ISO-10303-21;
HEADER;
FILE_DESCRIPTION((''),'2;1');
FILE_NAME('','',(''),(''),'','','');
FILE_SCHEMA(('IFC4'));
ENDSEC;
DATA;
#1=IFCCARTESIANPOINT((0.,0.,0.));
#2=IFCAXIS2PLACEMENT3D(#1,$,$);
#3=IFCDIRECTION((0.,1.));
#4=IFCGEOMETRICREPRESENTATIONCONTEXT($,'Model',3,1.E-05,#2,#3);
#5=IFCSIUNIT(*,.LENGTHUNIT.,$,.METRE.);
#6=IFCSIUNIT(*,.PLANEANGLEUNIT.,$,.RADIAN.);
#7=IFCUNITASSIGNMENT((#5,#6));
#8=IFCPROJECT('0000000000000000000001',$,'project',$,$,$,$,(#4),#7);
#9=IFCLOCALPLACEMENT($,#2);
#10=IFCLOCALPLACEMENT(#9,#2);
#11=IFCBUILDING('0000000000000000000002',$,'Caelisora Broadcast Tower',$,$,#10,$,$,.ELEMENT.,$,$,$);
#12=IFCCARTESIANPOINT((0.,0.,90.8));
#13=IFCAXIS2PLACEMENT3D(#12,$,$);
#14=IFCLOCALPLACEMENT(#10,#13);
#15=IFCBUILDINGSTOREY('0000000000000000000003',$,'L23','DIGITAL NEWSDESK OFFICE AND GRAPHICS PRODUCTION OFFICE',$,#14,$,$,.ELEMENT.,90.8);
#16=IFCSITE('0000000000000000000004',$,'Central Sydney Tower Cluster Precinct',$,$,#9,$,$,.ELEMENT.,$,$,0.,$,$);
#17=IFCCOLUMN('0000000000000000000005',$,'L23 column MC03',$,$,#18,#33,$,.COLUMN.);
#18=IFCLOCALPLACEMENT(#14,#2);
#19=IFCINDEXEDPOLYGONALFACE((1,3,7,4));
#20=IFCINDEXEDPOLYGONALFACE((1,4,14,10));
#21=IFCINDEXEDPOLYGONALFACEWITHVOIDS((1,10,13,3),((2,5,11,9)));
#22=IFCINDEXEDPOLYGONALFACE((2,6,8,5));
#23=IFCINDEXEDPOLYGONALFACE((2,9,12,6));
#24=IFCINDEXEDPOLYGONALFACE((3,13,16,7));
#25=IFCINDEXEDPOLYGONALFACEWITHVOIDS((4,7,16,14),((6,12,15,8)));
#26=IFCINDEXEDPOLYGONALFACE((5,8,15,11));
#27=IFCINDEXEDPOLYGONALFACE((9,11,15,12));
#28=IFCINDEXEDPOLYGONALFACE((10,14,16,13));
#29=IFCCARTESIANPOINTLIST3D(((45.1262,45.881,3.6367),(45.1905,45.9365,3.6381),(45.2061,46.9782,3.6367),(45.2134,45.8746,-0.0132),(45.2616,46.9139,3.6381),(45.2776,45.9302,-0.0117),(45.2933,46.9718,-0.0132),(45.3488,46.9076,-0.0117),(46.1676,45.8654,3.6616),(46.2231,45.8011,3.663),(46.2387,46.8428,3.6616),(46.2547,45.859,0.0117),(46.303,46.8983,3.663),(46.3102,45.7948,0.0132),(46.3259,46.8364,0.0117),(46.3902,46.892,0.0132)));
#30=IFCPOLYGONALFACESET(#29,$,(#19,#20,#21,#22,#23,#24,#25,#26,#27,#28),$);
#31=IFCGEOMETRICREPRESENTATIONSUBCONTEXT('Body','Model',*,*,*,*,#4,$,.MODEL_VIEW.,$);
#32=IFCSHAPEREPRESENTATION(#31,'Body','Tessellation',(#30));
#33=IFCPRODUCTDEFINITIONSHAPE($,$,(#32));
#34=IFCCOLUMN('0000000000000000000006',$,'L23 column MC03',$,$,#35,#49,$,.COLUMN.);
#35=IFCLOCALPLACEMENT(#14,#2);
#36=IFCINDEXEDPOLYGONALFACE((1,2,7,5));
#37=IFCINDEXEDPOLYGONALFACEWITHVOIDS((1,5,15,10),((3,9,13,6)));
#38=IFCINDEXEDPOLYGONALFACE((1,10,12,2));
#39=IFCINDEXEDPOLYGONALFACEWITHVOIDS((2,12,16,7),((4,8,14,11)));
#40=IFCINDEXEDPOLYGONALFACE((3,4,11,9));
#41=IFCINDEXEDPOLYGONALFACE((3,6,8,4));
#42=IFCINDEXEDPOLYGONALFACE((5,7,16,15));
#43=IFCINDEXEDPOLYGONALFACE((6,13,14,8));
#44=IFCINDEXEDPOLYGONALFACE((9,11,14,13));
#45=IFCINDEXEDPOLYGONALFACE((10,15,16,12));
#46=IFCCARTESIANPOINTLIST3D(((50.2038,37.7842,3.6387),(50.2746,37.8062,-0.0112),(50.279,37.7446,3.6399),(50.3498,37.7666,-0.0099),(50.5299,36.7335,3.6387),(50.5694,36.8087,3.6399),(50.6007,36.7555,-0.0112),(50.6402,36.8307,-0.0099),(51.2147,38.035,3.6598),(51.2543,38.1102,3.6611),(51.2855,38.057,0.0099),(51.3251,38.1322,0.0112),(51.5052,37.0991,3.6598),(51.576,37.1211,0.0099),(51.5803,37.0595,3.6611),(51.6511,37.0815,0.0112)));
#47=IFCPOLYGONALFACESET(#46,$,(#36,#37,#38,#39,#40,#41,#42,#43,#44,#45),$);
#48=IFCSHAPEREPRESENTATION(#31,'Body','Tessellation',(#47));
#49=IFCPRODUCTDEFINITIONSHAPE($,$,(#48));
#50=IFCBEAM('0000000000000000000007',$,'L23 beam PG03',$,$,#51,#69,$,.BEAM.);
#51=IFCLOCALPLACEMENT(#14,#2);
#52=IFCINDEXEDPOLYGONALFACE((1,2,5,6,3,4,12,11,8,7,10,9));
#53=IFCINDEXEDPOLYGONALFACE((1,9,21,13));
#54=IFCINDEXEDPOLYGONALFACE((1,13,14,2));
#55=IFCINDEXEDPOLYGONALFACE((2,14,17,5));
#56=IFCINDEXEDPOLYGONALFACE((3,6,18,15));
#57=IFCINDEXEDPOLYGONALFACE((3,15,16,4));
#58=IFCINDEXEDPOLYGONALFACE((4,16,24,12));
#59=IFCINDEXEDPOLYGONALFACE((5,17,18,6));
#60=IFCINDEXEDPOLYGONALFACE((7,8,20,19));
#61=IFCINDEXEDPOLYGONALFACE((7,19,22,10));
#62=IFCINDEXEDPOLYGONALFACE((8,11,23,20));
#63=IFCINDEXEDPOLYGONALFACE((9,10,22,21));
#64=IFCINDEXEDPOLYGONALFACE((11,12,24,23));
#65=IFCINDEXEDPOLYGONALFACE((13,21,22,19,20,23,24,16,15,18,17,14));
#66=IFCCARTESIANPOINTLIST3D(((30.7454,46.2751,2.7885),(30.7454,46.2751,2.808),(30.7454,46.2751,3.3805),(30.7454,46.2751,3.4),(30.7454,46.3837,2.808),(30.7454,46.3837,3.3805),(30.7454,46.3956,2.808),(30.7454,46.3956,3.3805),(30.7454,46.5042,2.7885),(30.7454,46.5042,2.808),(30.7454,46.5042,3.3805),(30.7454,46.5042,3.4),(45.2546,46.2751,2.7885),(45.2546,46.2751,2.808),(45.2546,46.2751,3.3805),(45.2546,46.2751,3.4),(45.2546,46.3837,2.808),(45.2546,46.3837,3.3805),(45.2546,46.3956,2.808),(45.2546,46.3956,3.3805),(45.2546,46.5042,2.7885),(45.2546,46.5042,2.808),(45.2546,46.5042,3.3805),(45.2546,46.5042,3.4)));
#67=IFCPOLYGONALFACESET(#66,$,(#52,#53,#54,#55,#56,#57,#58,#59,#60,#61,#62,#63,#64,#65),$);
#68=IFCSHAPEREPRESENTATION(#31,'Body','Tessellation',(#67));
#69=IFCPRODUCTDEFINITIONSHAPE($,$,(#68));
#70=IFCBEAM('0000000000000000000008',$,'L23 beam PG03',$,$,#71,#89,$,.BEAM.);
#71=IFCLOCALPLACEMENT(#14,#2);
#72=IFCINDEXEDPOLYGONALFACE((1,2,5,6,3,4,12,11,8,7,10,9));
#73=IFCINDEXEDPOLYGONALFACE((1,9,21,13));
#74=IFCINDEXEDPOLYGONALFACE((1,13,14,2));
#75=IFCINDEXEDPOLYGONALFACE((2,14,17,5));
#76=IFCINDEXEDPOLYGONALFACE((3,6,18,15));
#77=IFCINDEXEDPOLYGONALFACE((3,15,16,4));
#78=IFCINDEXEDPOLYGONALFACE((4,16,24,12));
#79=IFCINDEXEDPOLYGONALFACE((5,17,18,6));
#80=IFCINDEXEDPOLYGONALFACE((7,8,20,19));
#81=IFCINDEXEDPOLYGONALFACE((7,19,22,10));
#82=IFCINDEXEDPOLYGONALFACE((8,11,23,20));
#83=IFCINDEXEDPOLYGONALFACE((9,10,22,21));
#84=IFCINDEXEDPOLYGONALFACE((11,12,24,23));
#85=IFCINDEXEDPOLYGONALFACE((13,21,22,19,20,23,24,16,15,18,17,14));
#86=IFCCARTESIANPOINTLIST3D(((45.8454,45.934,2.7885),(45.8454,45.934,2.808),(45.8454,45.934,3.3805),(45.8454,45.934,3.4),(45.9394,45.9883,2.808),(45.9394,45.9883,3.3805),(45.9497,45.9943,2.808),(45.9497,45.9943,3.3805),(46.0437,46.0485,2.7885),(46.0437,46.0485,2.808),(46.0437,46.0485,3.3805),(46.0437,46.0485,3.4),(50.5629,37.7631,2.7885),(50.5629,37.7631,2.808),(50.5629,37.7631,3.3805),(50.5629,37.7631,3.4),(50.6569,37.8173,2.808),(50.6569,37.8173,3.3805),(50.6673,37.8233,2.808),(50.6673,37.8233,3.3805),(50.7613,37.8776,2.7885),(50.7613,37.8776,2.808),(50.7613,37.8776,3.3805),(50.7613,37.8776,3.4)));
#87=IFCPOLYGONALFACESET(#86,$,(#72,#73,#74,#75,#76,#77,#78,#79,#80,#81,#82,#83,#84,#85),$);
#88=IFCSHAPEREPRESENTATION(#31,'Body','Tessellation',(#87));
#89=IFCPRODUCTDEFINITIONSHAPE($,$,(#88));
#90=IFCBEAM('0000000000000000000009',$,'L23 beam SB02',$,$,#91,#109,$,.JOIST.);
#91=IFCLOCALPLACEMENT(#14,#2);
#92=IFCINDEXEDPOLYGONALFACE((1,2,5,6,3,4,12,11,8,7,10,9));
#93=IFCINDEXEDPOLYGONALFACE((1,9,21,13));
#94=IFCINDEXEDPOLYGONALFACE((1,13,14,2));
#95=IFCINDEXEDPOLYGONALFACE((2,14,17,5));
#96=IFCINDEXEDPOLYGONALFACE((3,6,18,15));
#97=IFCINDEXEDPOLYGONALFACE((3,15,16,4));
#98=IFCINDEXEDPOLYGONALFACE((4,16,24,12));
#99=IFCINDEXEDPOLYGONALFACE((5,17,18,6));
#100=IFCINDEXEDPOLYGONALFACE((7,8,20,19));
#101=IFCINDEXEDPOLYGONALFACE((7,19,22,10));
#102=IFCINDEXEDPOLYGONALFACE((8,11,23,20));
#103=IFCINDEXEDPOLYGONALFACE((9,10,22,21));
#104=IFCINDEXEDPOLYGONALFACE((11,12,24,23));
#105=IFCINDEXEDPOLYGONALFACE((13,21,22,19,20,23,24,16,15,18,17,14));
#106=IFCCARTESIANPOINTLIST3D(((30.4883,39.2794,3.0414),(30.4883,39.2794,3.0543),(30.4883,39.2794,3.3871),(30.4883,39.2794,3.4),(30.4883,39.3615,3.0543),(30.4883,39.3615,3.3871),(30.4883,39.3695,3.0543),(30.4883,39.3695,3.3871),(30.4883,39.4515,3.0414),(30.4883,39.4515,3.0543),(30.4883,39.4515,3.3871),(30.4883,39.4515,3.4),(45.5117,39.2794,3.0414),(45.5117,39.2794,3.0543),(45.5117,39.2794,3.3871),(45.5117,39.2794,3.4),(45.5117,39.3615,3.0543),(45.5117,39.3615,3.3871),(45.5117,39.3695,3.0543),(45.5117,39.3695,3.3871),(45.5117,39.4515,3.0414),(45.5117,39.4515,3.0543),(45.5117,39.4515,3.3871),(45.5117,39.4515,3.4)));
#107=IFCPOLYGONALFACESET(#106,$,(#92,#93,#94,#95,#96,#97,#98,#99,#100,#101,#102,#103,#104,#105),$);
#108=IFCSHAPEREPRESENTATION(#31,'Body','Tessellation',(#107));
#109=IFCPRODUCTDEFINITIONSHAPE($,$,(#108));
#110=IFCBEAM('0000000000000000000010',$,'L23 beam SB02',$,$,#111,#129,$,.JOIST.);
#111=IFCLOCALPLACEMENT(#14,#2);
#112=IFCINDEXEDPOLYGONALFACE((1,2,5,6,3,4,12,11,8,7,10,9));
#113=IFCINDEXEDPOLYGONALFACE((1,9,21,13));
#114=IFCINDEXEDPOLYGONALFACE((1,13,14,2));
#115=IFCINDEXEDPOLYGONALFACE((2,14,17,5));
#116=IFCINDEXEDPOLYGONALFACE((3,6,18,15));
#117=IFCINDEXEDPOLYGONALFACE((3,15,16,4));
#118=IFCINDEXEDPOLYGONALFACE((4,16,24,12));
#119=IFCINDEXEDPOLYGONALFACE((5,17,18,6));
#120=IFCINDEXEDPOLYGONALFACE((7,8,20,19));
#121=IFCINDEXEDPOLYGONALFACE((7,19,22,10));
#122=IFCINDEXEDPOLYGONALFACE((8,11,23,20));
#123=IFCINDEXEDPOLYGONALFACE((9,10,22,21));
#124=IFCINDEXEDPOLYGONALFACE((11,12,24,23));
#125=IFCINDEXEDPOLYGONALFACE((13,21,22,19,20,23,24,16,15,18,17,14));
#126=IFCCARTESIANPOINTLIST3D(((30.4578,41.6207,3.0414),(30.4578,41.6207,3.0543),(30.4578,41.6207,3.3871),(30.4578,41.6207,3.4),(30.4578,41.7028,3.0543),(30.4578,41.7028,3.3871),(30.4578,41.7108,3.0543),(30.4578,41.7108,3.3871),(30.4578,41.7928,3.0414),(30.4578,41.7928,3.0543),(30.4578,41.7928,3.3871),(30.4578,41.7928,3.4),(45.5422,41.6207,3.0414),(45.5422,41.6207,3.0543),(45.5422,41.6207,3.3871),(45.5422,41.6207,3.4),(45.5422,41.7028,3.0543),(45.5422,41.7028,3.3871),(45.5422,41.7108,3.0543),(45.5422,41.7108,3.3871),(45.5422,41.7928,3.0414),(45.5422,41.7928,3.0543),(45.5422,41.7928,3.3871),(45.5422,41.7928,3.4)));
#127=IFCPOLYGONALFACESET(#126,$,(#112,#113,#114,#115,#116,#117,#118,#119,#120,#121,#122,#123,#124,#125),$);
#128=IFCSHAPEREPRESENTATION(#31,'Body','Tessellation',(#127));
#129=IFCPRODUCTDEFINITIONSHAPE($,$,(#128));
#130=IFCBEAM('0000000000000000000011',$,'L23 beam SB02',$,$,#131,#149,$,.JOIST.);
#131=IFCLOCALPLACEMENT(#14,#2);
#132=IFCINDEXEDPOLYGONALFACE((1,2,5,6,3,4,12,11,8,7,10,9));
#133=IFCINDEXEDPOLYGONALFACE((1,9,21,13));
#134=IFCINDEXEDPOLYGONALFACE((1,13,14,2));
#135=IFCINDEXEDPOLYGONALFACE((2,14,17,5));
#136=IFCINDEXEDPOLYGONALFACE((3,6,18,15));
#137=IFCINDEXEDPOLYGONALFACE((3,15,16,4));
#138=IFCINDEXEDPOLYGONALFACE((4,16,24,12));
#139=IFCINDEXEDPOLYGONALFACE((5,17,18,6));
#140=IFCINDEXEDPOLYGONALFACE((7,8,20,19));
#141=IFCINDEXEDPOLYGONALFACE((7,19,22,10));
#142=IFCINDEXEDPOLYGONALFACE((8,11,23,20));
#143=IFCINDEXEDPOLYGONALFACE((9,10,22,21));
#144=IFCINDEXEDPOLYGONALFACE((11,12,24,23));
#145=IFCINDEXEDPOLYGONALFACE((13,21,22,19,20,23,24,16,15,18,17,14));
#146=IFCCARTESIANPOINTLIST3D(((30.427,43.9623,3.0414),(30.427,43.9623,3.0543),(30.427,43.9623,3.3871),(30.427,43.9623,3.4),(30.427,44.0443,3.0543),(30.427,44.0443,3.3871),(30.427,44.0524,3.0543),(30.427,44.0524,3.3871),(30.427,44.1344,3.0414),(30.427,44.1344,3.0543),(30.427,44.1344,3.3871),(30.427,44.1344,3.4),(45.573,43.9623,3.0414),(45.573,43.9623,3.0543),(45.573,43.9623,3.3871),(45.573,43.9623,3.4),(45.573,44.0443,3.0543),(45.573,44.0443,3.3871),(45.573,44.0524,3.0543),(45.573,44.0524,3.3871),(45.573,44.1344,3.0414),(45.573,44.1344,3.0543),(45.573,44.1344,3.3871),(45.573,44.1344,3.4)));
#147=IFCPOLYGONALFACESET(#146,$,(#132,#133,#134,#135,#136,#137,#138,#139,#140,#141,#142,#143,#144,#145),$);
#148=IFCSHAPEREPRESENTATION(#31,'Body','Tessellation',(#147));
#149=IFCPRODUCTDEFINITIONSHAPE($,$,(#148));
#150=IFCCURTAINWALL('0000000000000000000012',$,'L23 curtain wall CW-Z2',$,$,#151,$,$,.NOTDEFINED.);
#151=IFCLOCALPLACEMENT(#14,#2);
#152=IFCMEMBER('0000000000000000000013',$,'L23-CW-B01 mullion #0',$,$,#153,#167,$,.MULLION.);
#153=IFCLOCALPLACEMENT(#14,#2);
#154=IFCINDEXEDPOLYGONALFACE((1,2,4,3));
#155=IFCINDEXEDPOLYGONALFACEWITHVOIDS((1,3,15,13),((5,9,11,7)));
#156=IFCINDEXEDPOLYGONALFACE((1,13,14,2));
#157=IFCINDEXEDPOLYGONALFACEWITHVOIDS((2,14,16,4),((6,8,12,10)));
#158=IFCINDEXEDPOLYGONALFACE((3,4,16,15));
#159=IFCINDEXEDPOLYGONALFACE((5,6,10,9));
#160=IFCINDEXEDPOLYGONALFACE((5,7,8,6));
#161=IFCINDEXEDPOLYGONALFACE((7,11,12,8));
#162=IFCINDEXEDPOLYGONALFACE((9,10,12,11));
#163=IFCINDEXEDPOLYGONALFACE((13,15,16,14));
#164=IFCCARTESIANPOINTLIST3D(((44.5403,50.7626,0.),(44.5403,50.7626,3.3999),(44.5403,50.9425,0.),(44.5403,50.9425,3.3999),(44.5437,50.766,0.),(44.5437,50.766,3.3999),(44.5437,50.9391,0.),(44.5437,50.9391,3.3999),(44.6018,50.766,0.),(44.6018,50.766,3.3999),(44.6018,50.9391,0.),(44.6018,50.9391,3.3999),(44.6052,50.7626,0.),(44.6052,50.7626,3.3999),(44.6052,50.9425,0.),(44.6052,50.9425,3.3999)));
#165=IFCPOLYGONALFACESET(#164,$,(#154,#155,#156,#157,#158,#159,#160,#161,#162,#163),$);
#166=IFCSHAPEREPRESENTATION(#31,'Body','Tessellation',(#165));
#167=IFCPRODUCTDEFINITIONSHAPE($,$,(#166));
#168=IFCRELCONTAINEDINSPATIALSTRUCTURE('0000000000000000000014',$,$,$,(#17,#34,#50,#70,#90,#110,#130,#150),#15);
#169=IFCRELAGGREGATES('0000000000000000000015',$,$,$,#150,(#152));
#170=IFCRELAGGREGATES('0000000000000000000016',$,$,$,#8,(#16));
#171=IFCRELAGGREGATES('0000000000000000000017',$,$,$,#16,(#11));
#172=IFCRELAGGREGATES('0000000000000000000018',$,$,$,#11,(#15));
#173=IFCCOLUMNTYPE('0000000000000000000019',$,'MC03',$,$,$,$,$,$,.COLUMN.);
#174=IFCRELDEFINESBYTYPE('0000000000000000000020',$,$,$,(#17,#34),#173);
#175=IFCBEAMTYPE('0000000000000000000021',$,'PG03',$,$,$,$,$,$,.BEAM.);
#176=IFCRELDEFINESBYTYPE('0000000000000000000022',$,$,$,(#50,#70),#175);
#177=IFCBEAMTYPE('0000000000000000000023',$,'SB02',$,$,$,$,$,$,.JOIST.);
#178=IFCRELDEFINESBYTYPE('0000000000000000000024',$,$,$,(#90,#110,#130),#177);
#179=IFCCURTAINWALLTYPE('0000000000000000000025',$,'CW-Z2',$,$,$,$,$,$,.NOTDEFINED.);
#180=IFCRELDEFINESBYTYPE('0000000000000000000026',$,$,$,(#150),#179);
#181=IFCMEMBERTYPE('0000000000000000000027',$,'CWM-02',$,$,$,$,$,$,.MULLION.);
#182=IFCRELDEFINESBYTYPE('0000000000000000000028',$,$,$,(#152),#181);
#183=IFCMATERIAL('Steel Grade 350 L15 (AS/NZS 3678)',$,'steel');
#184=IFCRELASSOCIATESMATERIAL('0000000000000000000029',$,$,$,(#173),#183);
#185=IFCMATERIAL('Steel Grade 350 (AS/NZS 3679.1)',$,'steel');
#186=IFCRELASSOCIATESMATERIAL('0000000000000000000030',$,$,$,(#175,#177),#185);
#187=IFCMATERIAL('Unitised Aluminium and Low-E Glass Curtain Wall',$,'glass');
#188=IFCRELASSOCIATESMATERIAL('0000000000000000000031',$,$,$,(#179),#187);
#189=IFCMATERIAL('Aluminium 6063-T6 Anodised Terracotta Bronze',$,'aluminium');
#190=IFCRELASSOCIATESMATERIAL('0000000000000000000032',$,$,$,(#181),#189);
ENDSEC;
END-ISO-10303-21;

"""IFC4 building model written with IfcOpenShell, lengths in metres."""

from ifc_helpers import new_model, si_unit, direction, frame, origin, origin_2d, place, context, subcontext, project, spatial, hollow_rectangle, i_section, extrude, source, transform, mapped, material, material_profile, profile_set, type_object, type_shapes, element, aggregate, save


model = new_model("IFC4")

# Units and contexts
model_context = context("Model", 3, precision=1e-05, world=origin(), true_north=direction((0.0, 1.0)))
body_context = subcontext(model_context, "Body", "Model", "MODEL_VIEW")
ifc_project = project(units=[si_unit("LENGTHUNIT", "METRE"), si_unit("PLANEANGLEUNIT", "RADIAN")], contexts=[model_context])

# Site, building, storey
site_placement = place(None, origin())
site = spatial("IfcSite", under=ifc_project, at=site_placement, Name="Central Sydney Tower Cluster Precinct", CompositionType="ELEMENT", RefElevation=0.0)
building_placement = place(site_placement, origin())
building = spatial("IfcBuilding", under=site, at=building_placement, Name="Caelisora Broadcast Tower", CompositionType="ELEMENT")
storey_placement = place(building_placement, frame((0.0, 0.0, 90.8)))
storey = spatial("IfcBuildingStorey", under=building, at=storey_placement, Name="L23", Description="DIGITAL NEWSDESK OFFICE AND GRAPHICS PRODUCTION OFFICE", CompositionType="ELEMENT", Elevation=90.8)

# Columns
ifc_material_1 = material(Name="Steel Grade 350 L15 (AS/NZS 3678)", Category="steel")
ifc_material_profile_1 = material_profile(ifc_material_1, hollow_rectangle(XDim=1.1001, YDim=1.1001, WallThickness=0.0601, at=origin_2d()), Name="Steel Grade 350 L15 (AS/NZS 3678)")
ifc_profile_set_1 = profile_set([ifc_material_profile_1], Name="Steel Grade 350 L15 (AS/NZS 3678)")
column_type = type_object("IfcColumnType", Name="MC03", PredefinedType="COLUMN", material=ifc_profile_set_1)
shared_shape_1 = source(origin(), body_context, "Body", "SweptSolid", [
    extrude(hollow_rectangle(XDim=1.1001, YDim=1.1001, WallThickness=0.0601, at=origin_2d()), origin(), (0.0, 0.0, 1.0), 3.6509),
])
column_1_placement = place(storey_placement, frame((45.8018, 46.3833, 0.0), z_axis=(-0.023873, 0.001739, 0.999713), x_axis=(-0.072637, -0.997358, 0.0)))
element("IfcColumn", 1, at=column_1_placement, inside=storey, type_object=column_type, Name="L23 column MC03", PredefinedType="COLUMN", context=body_context, shape_type="MappedRepresentation", body=[
    mapped(shared_shape_1, transform((0.0, 0.0, 0.0), scale=1.0)),
])
shared_shape_2 = source(origin(), body_context, "Body", "SweptSolid", [
    extrude(hollow_rectangle(XDim=1.1001, YDim=1.1001, WallThickness=0.0601, at=origin_2d()), origin(), (0.0, 0.0, 1.0), 3.6506),
])
type_shapes(column_type, [shared_shape_1, shared_shape_2])
column_2_placement = place(storey_placement, frame((50.9629, 37.4438, 0.0), z_axis=(-0.019394, -0.006019, 0.999794), x_axis=(0.296399, -0.955064, 0.0)))
element("IfcColumn", 2, at=column_2_placement, inside=storey, type_object=column_type, Name="L23 column MC03", PredefinedType="COLUMN", context=body_context, shape_type="MappedRepresentation", body=[
    mapped(shared_shape_2, transform((0.0, 0.0, 0.0), scale=1.0)),
])

# Beams
ifc_material_2 = material(Name="Steel Grade 350 (AS/NZS 3679.1)", Category="steel")
ifc_material_profile_2 = material_profile(ifc_material_2, i_section(OverallWidth=0.229, OverallDepth=0.6116, WebThickness=0.012, FlangeThickness=0.0195, at=origin_2d()), Name="Steel Grade 350 (AS/NZS 3679.1)")
ifc_profile_set_2 = profile_set([ifc_material_profile_2], Name="Steel Grade 350 (AS/NZS 3679.1)")
beam_type_1 = type_object("IfcBeamType", Name="PG03", PredefinedType="BEAM", material=ifc_profile_set_2)
shared_shape_3 = source(origin(), body_context, "Body", "SweptSolid", [
    extrude(i_section(OverallWidth=0.229, OverallDepth=0.6116, WebThickness=0.012, FlangeThickness=0.0195, at=origin_2d()), origin(), (0.0, 0.0, 1.0), 14.5093),
])
beam_1_placement = place(storey_placement, frame((45.2546, 46.3896, 3.0942), z_axis=(-1.0, 0.0, 0.0), x_axis=(0.0, -1.0, 0.0)))
element("IfcBeam", 3, at=beam_1_placement, inside=storey, type_object=beam_type_1, Name="L23 beam PG03", PredefinedType="BEAM", context=body_context, shape_type="MappedRepresentation", body=[
    mapped(shared_shape_3, transform((0.0, 0.0, 0.0), scale=1.0)),
])
shared_shape_4 = source(origin(), body_context, "Body", "SweptSolid", [
    extrude(i_section(OverallWidth=0.229, OverallDepth=0.6116, WebThickness=0.012, FlangeThickness=0.0195, at=origin_2d()), origin(), (0.0, 0.0, 1.0), 9.4351),
])
type_shapes(beam_type_1, [shared_shape_3, shared_shape_4])
beam_2_placement = place(storey_placement, frame((50.6621, 37.8203, 3.0942), z_axis=(-0.500005, 0.866023, 0.0), x_axis=(-0.866023, -0.500005, 0.0)))
element("IfcBeam", 4, at=beam_2_placement, inside=storey, type_object=beam_type_1, Name="L23 beam PG03", PredefinedType="BEAM", context=body_context, shape_type="MappedRepresentation", body=[
    mapped(shared_shape_4, transform((0.0, 0.0, 0.0), scale=1.0)),
])
ifc_material_profile_3 = material_profile(ifc_material_2, i_section(OverallWidth=0.1721, OverallDepth=0.3586, WebThickness=0.0081, FlangeThickness=0.0129, at=origin_2d()), Name="Steel Grade 350 (AS/NZS 3679.1)")
ifc_profile_set_3 = profile_set([ifc_material_profile_3], Name="Steel Grade 350 (AS/NZS 3679.1)")
beam_type_2 = type_object("IfcBeamType", Name="SB02", PredefinedType="JOIST", material=ifc_profile_set_3)
shared_shape_5 = source(origin(), body_context, "Body", "SweptSolid", [
    extrude(i_section(OverallWidth=0.1721, OverallDepth=0.3586, WebThickness=0.0081, FlangeThickness=0.0129, at=origin_2d()), origin(), (0.0, 0.0, 1.0), 15.0234),
])
beam_3_placement = place(storey_placement, frame((45.5117, 39.3655, 3.2207), z_axis=(-1.0, 0.0, 0.0), x_axis=(0.0, -1.0, 0.0)))
element("IfcBeam", 5, at=beam_3_placement, inside=storey, type_object=beam_type_2, Name="L23 beam SB02", PredefinedType="JOIST", context=body_context, shape_type="MappedRepresentation", body=[
    mapped(shared_shape_5, transform((0.0, 0.0, 0.0), scale=1.0)),
])
shared_shape_6 = source(origin(), body_context, "Body", "SweptSolid", [
    extrude(i_section(OverallWidth=0.1721, OverallDepth=0.3586, WebThickness=0.0081, FlangeThickness=0.0129, at=origin_2d()), origin(), (0.0, 0.0, 1.0), 15.0845),
])
beam_4_placement = place(storey_placement, frame((45.5422, 41.7068, 3.2207), z_axis=(-1.0, 0.0, 0.0), x_axis=(0.0, -1.0, 0.0)))
element("IfcBeam", 6, at=beam_4_placement, inside=storey, type_object=beam_type_2, Name="L23 beam SB02", PredefinedType="JOIST", context=body_context, shape_type="MappedRepresentation", body=[
    mapped(shared_shape_6, transform((0.0, 0.0, 0.0), scale=1.0)),
])
shared_shape_7 = source(origin(), body_context, "Body", "SweptSolid", [
    extrude(i_section(OverallWidth=0.1721, OverallDepth=0.3586, WebThickness=0.0081, FlangeThickness=0.0129, at=origin_2d()), origin(), (0.0, 0.0, 1.0), 15.146),
])
type_shapes(beam_type_2, [shared_shape_5, shared_shape_6, shared_shape_7])
beam_5_placement = place(storey_placement, frame((45.573, 44.0483, 3.2207), z_axis=(-1.0, 0.0, 0.0), x_axis=(0.0, -1.0, 0.0)))
element("IfcBeam", 7, at=beam_5_placement, inside=storey, type_object=beam_type_2, Name="L23 beam SB02", PredefinedType="JOIST", context=body_context, shape_type="MappedRepresentation", body=[
    mapped(shared_shape_7, transform((0.0, 0.0, 0.0), scale=1.0)),
])

# Curtain wall, member
ifc_material_3 = material(Name="Unitised Aluminium and Low-E Glass Curtain Wall", Category="glass")
curtain_wall_type_1 = type_object("IfcCurtainWallType", Name="CW-Z2", PredefinedType="NOTDEFINED", material=ifc_material_3)
curtain_wall_1_placement = place(storey_placement, origin())
curtain_wall_1 = element("IfcCurtainWall", 8, at=curtain_wall_1_placement, inside=storey, type_object=curtain_wall_type_1, Name="L23 curtain wall CW-Z2", PredefinedType="NOTDEFINED")
ifc_material_4 = material(Name="Aluminium 6063-T6 Anodised Terracotta Bronze", Category="aluminium")
ifc_material_profile_4 = material_profile(ifc_material_4, hollow_rectangle(XDim=0.0649, YDim=0.1799, WallThickness=0.0034, at=origin_2d()), Name="Aluminium 6063-T6 Anodised Terracotta Bronze")
ifc_profile_set_4 = profile_set([ifc_material_profile_4], Name="Aluminium 6063-T6 Anodised Terracotta Bronze")
member_type_1 = type_object("IfcMemberType", Name="CWM-02", PredefinedType="MULLION", material=ifc_profile_set_4)
shared_shape_8 = source(origin(), body_context, "Body", "SweptSolid", [
    extrude(hollow_rectangle(XDim=0.0649, YDim=0.1799, WallThickness=0.0034, at=origin_2d()), origin(), (0.0, 0.0, 1.0), 3.3999),
])
type_shapes(member_type_1, [shared_shape_8])
member_1_placement = place(storey_placement, frame((44.5728, 50.8525, 0.0), z_axis=(0.0, 0.0, 1.0), x_axis=(1.0, 0.0, 0.0)))
member_1 = element("IfcMember", 9, at=member_1_placement, type_object=member_type_1, Name="L23-CW-B01 mullion #0", PredefinedType="MULLION", context=body_context, shape_type="MappedRepresentation", body=[
    mapped(shared_shape_8, transform((0.0, 0.0, 0.0), scale=1.0)),
])

aggregate(curtain_wall_1, [member_1])

save(model, "model.ifc")
